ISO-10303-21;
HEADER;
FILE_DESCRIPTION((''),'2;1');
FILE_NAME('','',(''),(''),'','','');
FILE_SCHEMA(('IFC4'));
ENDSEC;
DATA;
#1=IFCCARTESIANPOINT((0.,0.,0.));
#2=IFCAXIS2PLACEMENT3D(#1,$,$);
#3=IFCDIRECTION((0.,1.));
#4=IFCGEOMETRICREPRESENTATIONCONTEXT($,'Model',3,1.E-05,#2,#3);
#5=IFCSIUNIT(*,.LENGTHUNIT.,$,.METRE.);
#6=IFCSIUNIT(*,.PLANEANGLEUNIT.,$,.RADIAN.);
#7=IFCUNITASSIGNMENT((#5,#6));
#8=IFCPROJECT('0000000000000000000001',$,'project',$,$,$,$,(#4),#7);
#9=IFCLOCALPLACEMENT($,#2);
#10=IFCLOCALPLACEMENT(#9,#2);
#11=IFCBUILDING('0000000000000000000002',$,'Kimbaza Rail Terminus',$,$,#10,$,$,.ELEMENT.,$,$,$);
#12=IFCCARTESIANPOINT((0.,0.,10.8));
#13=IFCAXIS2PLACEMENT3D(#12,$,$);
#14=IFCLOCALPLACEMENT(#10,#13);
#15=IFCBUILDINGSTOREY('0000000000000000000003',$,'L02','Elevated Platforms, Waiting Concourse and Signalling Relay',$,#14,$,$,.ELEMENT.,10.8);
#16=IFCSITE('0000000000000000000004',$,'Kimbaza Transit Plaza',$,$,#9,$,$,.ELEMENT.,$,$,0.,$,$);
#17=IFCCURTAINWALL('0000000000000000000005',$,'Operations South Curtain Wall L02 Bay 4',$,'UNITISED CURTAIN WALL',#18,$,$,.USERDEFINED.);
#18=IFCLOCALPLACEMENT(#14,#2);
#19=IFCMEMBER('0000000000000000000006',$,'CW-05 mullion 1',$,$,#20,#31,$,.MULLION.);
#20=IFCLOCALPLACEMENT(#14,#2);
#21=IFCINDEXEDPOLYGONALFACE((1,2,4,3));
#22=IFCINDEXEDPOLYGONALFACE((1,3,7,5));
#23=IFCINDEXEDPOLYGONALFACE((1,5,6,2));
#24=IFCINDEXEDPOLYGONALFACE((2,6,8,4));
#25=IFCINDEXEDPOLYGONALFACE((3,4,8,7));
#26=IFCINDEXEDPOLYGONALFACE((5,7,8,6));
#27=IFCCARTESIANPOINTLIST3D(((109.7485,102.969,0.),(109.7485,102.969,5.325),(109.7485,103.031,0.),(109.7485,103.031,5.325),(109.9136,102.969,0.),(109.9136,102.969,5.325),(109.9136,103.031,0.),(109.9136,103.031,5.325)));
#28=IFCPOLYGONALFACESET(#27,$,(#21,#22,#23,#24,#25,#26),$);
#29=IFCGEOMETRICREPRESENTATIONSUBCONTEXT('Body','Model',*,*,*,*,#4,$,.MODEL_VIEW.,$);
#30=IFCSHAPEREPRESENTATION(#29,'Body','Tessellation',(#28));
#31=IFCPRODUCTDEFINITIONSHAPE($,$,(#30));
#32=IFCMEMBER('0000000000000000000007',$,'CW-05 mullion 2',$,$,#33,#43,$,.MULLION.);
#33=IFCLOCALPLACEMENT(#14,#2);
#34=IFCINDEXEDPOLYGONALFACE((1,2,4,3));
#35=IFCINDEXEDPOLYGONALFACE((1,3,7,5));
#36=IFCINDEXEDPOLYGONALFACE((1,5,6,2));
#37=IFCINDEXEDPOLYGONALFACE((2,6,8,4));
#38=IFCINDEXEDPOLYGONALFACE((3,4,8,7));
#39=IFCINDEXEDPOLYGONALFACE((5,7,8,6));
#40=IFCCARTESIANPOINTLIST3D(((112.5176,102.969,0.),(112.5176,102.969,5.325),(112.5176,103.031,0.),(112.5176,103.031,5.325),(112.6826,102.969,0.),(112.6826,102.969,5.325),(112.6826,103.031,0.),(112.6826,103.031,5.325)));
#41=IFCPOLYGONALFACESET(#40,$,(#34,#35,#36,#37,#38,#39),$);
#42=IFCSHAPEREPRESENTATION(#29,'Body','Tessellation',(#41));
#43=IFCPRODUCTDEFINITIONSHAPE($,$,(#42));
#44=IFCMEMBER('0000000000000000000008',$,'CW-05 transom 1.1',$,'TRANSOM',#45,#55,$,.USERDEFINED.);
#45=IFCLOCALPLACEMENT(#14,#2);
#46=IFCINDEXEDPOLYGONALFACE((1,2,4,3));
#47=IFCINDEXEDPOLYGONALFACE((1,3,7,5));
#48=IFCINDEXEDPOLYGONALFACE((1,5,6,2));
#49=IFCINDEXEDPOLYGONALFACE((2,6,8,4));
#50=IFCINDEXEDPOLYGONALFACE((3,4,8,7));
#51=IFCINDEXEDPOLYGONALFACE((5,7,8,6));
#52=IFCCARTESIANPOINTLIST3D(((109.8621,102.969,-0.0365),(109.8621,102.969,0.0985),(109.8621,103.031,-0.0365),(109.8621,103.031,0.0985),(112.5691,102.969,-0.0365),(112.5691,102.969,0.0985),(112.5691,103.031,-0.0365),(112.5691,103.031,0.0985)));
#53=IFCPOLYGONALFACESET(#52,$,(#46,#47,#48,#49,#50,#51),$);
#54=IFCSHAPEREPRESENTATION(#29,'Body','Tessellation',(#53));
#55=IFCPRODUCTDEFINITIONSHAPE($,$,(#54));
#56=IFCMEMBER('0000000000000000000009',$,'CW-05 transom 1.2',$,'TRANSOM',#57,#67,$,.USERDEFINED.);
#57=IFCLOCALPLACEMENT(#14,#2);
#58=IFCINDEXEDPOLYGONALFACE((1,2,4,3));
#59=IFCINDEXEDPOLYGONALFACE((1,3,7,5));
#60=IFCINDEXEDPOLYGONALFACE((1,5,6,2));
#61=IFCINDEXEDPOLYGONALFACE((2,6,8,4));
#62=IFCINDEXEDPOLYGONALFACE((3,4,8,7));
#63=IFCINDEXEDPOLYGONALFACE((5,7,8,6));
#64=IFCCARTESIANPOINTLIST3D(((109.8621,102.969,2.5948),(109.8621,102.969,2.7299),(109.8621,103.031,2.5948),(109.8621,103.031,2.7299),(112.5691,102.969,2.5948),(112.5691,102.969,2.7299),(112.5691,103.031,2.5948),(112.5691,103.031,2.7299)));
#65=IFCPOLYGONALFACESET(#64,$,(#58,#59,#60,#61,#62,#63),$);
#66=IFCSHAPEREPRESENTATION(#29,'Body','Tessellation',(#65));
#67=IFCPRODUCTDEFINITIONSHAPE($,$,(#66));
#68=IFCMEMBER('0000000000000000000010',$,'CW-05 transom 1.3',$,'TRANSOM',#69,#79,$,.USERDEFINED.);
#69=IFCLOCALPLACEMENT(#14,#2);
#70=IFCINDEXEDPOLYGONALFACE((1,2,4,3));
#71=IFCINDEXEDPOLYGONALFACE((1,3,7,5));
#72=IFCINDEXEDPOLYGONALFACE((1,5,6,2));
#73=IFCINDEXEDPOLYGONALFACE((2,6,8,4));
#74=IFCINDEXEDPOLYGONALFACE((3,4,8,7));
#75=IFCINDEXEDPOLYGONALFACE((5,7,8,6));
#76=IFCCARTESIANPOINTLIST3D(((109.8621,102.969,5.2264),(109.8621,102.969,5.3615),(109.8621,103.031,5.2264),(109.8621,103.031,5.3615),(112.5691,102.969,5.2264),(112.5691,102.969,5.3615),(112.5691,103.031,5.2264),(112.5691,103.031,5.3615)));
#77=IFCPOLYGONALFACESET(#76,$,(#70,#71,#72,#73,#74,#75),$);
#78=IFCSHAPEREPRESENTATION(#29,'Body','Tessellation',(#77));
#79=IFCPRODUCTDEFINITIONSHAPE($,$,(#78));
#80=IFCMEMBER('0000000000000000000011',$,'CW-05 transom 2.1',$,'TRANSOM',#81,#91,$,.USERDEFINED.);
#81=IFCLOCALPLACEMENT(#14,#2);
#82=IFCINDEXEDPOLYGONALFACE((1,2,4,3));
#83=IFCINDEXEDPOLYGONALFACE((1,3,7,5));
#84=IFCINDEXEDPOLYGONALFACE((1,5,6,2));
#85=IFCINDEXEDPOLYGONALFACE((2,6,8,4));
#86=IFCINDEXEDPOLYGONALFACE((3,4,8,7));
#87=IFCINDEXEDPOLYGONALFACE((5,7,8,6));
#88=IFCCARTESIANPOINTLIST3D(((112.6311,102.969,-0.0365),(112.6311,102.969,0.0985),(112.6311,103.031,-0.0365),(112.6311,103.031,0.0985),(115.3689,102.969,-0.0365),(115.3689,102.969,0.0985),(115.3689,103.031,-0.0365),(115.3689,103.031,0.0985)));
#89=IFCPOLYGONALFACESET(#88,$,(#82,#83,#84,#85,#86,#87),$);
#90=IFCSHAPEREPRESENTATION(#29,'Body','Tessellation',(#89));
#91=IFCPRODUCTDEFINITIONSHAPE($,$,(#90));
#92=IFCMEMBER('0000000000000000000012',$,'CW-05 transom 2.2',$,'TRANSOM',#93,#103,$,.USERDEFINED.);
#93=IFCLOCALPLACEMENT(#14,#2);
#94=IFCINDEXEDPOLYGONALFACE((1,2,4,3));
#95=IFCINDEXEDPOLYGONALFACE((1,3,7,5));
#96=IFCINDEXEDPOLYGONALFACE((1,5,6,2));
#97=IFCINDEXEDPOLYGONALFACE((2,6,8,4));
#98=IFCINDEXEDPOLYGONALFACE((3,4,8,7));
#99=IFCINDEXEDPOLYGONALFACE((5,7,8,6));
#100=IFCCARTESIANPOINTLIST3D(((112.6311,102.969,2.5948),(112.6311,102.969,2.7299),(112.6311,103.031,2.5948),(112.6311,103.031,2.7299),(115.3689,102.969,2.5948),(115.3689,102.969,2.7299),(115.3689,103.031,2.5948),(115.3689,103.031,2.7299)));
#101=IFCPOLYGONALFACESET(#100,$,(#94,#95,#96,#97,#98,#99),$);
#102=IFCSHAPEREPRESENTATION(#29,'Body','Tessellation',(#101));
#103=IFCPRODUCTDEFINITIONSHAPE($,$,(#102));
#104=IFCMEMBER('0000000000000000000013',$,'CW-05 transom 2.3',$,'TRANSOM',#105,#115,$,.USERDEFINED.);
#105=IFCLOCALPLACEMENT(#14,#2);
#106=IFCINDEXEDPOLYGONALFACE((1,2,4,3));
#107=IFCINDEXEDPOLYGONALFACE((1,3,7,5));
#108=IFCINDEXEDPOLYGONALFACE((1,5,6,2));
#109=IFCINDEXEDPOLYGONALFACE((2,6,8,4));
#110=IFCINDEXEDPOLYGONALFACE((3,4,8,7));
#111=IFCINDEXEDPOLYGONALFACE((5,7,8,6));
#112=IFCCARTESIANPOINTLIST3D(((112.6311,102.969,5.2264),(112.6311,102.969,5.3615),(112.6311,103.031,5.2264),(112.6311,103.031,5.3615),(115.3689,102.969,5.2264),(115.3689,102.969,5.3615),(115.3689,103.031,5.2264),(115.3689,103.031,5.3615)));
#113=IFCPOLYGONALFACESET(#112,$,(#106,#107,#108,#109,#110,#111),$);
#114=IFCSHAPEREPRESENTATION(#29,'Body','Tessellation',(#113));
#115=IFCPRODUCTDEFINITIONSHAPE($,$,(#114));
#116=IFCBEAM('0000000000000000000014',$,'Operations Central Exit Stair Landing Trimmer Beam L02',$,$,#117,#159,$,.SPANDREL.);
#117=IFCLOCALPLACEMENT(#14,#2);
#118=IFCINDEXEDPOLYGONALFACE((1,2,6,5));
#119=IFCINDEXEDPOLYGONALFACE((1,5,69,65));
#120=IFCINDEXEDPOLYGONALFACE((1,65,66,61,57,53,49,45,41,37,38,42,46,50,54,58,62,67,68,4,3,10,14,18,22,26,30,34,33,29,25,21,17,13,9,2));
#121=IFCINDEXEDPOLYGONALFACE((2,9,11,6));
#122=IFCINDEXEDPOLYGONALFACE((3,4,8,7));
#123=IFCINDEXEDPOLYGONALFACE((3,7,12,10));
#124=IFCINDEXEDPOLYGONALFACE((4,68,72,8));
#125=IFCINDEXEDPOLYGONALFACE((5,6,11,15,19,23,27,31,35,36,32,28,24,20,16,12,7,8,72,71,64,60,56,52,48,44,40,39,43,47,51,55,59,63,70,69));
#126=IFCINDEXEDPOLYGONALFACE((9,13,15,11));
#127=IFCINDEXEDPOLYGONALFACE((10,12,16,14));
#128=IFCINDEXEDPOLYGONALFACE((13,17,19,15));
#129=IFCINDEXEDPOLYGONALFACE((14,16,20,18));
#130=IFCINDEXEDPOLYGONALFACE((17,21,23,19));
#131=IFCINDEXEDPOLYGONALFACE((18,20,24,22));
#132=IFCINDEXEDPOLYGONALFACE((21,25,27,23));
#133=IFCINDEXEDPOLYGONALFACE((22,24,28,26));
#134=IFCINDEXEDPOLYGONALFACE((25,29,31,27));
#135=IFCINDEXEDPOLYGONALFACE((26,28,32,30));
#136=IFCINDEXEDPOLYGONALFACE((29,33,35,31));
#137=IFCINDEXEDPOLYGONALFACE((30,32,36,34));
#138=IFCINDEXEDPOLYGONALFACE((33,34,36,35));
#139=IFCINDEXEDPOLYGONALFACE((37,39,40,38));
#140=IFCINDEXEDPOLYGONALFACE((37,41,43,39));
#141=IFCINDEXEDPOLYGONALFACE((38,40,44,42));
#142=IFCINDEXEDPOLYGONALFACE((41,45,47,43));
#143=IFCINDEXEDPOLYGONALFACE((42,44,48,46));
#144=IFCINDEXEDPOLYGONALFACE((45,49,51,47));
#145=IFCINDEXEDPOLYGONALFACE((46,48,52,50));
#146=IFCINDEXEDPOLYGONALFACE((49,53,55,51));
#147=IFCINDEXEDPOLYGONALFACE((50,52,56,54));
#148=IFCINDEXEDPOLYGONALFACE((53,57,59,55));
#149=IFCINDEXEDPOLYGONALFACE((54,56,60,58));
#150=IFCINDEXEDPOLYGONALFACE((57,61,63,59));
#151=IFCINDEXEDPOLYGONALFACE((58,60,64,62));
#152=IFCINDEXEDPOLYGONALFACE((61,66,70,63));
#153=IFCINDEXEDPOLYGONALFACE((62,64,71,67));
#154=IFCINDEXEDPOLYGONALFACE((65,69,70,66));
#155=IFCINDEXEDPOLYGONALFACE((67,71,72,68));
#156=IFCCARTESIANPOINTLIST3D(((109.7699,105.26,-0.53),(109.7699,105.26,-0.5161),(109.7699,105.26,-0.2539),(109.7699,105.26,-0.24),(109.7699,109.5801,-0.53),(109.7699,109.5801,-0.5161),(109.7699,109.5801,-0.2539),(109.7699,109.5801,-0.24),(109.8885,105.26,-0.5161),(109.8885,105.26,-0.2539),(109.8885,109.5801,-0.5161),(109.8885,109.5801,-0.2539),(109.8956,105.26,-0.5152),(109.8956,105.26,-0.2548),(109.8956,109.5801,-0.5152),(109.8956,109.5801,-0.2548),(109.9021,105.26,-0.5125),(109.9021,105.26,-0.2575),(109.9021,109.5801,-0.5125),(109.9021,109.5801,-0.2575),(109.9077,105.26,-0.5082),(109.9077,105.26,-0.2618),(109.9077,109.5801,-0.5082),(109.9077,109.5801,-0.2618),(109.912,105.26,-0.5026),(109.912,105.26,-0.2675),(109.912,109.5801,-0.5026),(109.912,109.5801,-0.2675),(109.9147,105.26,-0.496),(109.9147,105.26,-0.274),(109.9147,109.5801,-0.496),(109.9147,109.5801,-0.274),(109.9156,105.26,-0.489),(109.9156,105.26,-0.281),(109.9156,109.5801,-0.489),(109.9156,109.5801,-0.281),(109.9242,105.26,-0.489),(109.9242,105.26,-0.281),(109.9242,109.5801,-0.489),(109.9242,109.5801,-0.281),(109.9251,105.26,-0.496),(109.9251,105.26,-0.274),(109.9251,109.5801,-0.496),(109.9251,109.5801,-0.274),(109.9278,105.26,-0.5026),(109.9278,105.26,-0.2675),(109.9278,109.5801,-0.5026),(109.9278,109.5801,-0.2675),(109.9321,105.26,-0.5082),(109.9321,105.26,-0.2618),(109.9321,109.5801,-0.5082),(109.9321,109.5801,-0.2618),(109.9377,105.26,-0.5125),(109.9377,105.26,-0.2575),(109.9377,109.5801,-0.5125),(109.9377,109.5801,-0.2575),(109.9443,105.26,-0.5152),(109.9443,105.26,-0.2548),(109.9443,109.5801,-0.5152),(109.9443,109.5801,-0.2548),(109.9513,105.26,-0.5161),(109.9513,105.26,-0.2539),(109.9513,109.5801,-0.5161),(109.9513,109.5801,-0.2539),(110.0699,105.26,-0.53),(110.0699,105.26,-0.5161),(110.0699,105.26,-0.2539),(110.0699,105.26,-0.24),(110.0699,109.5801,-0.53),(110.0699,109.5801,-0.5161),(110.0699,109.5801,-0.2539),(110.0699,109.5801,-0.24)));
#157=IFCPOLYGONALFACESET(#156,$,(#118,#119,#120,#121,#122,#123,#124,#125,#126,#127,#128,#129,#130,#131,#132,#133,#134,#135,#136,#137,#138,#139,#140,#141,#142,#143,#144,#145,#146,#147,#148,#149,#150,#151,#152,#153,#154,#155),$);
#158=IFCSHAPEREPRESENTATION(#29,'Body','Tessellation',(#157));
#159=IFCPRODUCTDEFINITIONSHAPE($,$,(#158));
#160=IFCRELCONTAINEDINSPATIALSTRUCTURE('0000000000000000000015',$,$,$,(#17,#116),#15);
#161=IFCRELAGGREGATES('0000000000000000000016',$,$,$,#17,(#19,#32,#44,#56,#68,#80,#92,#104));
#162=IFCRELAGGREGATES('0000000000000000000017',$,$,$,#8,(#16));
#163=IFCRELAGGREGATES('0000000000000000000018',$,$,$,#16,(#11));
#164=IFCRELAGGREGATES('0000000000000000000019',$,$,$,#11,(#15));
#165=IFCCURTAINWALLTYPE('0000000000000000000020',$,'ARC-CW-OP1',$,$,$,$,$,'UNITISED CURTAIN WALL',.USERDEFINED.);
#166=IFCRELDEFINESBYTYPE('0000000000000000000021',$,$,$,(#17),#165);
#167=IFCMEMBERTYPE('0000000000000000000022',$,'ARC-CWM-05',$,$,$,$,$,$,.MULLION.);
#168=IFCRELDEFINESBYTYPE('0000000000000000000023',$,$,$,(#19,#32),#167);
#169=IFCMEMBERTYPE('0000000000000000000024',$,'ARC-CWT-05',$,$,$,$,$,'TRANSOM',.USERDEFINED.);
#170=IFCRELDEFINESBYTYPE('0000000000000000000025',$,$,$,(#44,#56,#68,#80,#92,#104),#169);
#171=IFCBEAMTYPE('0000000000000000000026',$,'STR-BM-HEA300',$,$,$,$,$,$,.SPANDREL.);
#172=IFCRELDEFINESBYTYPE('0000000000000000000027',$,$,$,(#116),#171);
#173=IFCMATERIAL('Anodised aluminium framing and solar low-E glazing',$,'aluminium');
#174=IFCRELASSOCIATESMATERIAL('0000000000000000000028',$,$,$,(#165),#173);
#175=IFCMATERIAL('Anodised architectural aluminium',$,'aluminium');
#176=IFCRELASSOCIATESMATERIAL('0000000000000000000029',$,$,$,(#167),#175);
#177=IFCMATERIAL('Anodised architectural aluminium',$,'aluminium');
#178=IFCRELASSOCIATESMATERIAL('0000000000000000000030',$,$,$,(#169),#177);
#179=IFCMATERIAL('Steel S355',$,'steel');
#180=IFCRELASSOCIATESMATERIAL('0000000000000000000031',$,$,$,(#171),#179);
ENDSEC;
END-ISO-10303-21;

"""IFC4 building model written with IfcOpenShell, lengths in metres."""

from ifc_helpers import new_model, si_unit, direction, frame, origin, origin_2d, place, context, subcontext, project, spatial, rectangle, i_section, extrude, material, material_profile, profile_set, type_object, element, aggregate, save


model = new_model("IFC4")

# Units and contexts
model_context = context("Model", 3, precision=1e-05, world=origin(), true_north=direction((0.0, 1.0)))
body_context = subcontext(model_context, "Body", "Model", "MODEL_VIEW")
ifc_project = project(units=[si_unit("LENGTHUNIT", "METRE"), si_unit("PLANEANGLEUNIT", "RADIAN")], contexts=[model_context])

# Site, building, storey
site_placement = place(None, origin())
site = spatial("IfcSite", under=ifc_project, at=site_placement, Name="Kimbaza Transit Plaza", CompositionType="ELEMENT", RefElevation=0.0)
building_placement = place(site_placement, origin())
building = spatial("IfcBuilding", under=site, at=building_placement, Name="Kimbaza Rail Terminus", CompositionType="ELEMENT")
storey_placement = place(building_placement, frame((0.0, 0.0, 10.8)))
storey = spatial("IfcBuildingStorey", under=building, at=storey_placement, Name="L02", Description="Elevated Platforms, Waiting Concourse and Signalling Relay", CompositionType="ELEMENT", Elevation=10.8)

# Curtain wall, members
ifc_material_1 = material(Name="Anodised aluminium framing and solar low-E glazing", Category="aluminium")
curtain_wall_type = type_object("IfcCurtainWallType", Name="ARC-CW-OP1", ElementType="UNITISED CURTAIN WALL", PredefinedType="USERDEFINED", material=ifc_material_1)
curtain_wall_placement = place(storey_placement, origin())
curtain_wall = element("IfcCurtainWall", 1, at=curtain_wall_placement, inside=storey, type_object=curtain_wall_type, Name="Operations South Curtain Wall L02 Bay 4", ObjectType="UNITISED CURTAIN WALL", PredefinedType="USERDEFINED")
ifc_material_2 = material(Name="Anodised architectural aluminium", Category="aluminium")
ifc_material_profile_1 = material_profile(ifc_material_2, rectangle(XDim=0.062, YDim=0.165, at=origin_2d()), Name="MULLION 62x165")
ifc_profile_set_1 = profile_set([ifc_material_profile_1], Name="Anodised architectural aluminium")
member_type_1 = type_object("IfcMemberType", Name="ARC-CWM-05", PredefinedType="MULLION", material=ifc_profile_set_1)
member_1_placement = place(storey_placement, frame((109.8311, 103.0, 0.0), z_axis=(0.0, 0.0, 1.0), x_axis=(0.0, 1.0, 0.0)))
member_1 = element("IfcMember", 2, at=member_1_placement, type_object=member_type_1, Name="CW-05 mullion 1", PredefinedType="MULLION", context=body_context, shape_type="SweptSolid", body=[
    extrude(rectangle(XDim=0.062, YDim=0.165, at=origin_2d()), origin(), (0.0, 0.0, 1.0), 5.325),
])
member_2_placement = place(storey_placement, frame((112.6001, 103.0, 0.0), z_axis=(0.0, 0.0, 1.0), x_axis=(0.0, 1.0, 0.0)))
member_2 = element("IfcMember", 3, at=member_2_placement, type_object=member_type_1, Name="CW-05 mullion 2", PredefinedType="MULLION", context=body_context, shape_type="SweptSolid", body=[
    extrude(rectangle(XDim=0.062, YDim=0.165, at=origin_2d()), origin(), (0.0, 0.0, 1.0), 5.325),
])
ifc_material_3 = material(Name="Anodised architectural aluminium", Category="aluminium")
ifc_material_profile_2 = material_profile(ifc_material_3, rectangle(XDim=0.062, YDim=0.135, at=origin_2d()), Name="TRANSOM 62x135")
ifc_profile_set_2 = profile_set([ifc_material_profile_2], Name="Anodised architectural aluminium")
member_type_2 = type_object("IfcMemberType", Name="ARC-CWT-05", ElementType="TRANSOM", PredefinedType="USERDEFINED", material=ifc_profile_set_2)
member_3_placement = place(storey_placement, frame((109.8621, 103.0, 0.031), z_axis=(1.0, 0.0, 0.0), x_axis=(0.0, 1.0, 0.0)))
member_3 = element("IfcMember", 4, at=member_3_placement, type_object=member_type_2, Name="CW-05 transom 1.1", ObjectType="TRANSOM", PredefinedType="USERDEFINED", context=body_context, shape_type="SweptSolid", body=[
    extrude(rectangle(XDim=0.062, YDim=0.135, at=origin_2d()), origin(), (0.0, 0.0, 1.0), 2.707),
])
member_4_placement = place(storey_placement, frame((109.8621, 103.0, 2.6624), z_axis=(1.0, 0.0, 0.0), x_axis=(0.0, 1.0, 0.0)))
member_4 = element("IfcMember", 5, at=member_4_placement, type_object=member_type_2, Name="CW-05 transom 1.2", ObjectType="TRANSOM", PredefinedType="USERDEFINED", context=body_context, shape_type="SweptSolid", body=[
    extrude(rectangle(XDim=0.062, YDim=0.135, at=origin_2d()), origin(), (0.0, 0.0, 1.0), 2.707),
])
member_5_placement = place(storey_placement, frame((109.8621, 103.0, 5.2939), z_axis=(1.0, 0.0, 0.0), x_axis=(0.0, 1.0, 0.0)))
member_5 = element("IfcMember", 6, at=member_5_placement, type_object=member_type_2, Name="CW-05 transom 1.3", ObjectType="TRANSOM", PredefinedType="USERDEFINED", context=body_context, shape_type="SweptSolid", body=[
    extrude(rectangle(XDim=0.062, YDim=0.135, at=origin_2d()), origin(), (0.0, 0.0, 1.0), 2.707),
])
member_6_placement = place(storey_placement, frame((112.6311, 103.0, 0.031), z_axis=(1.0, 0.0, 0.0), x_axis=(0.0, 1.0, 0.0)))
member_6 = element("IfcMember", 7, at=member_6_placement, type_object=member_type_2, Name="CW-05 transom 2.1", ObjectType="TRANSOM", PredefinedType="USERDEFINED", context=body_context, shape_type="SweptSolid", body=[
    extrude(rectangle(XDim=0.062, YDim=0.135, at=origin_2d()), origin(), (0.0, 0.0, 1.0), 2.7378),
])
member_7_placement = place(storey_placement, frame((112.6311, 103.0, 2.6624), z_axis=(1.0, 0.0, 0.0), x_axis=(0.0, 1.0, 0.0)))
member_7 = element("IfcMember", 8, at=member_7_placement, type_object=member_type_2, Name="CW-05 transom 2.2", ObjectType="TRANSOM", PredefinedType="USERDEFINED", context=body_context, shape_type="SweptSolid", body=[
    extrude(rectangle(XDim=0.062, YDim=0.135, at=origin_2d()), origin(), (0.0, 0.0, 1.0), 2.7378),
])
member_8_placement = place(storey_placement, frame((112.6311, 103.0, 5.2939), z_axis=(1.0, 0.0, 0.0), x_axis=(0.0, 1.0, 0.0)))
member_8 = element("IfcMember", 9, at=member_8_placement, type_object=member_type_2, Name="CW-05 transom 2.3", ObjectType="TRANSOM", PredefinedType="USERDEFINED", context=body_context, shape_type="SweptSolid", body=[
    extrude(rectangle(XDim=0.062, YDim=0.135, at=origin_2d()), origin(), (0.0, 0.0, 1.0), 2.7378),
])

# Beam
ifc_material_4 = material(Name="Steel S355", Category="steel")
ifc_material_profile_3 = material_profile(ifc_material_4, i_section(OverallWidth=0.3, OverallDepth=0.29, WebThickness=0.0085, FlangeThickness=0.0139, FilletRadius=0.0271, at=origin_2d()), Name="HEA 300")
ifc_profile_set_3 = profile_set([ifc_material_profile_3], Name="Steel S355")
beam_type_1 = type_object("IfcBeamType", Name="STR-BM-HEA300", PredefinedType="SPANDREL", material=ifc_profile_set_3)
beam_1_placement = place(storey_placement, frame((109.9199, 105.26, -0.385), z_axis=(0.0, 1.0, 0.0), x_axis=(-1.0, 0.0, 0.0)))
element("IfcBeam", 10, at=beam_1_placement, inside=storey, type_object=beam_type_1, Name="Operations Central Exit Stair Landing Trimmer Beam L02", PredefinedType="SPANDREL", context=body_context, shape_type="SweptSolid", body=[
    extrude(i_section(OverallWidth=0.3, OverallDepth=0.29, WebThickness=0.0085, FlangeThickness=0.0139, FilletRadius=0.0271, at=origin_2d()), origin(), (0.0, 0.0, 1.0), 4.3201),
])

aggregate(curtain_wall, [member_1, member_2, member_3, member_4, member_5, member_6, member_7, member_8])

save(model, "model.ifc")
